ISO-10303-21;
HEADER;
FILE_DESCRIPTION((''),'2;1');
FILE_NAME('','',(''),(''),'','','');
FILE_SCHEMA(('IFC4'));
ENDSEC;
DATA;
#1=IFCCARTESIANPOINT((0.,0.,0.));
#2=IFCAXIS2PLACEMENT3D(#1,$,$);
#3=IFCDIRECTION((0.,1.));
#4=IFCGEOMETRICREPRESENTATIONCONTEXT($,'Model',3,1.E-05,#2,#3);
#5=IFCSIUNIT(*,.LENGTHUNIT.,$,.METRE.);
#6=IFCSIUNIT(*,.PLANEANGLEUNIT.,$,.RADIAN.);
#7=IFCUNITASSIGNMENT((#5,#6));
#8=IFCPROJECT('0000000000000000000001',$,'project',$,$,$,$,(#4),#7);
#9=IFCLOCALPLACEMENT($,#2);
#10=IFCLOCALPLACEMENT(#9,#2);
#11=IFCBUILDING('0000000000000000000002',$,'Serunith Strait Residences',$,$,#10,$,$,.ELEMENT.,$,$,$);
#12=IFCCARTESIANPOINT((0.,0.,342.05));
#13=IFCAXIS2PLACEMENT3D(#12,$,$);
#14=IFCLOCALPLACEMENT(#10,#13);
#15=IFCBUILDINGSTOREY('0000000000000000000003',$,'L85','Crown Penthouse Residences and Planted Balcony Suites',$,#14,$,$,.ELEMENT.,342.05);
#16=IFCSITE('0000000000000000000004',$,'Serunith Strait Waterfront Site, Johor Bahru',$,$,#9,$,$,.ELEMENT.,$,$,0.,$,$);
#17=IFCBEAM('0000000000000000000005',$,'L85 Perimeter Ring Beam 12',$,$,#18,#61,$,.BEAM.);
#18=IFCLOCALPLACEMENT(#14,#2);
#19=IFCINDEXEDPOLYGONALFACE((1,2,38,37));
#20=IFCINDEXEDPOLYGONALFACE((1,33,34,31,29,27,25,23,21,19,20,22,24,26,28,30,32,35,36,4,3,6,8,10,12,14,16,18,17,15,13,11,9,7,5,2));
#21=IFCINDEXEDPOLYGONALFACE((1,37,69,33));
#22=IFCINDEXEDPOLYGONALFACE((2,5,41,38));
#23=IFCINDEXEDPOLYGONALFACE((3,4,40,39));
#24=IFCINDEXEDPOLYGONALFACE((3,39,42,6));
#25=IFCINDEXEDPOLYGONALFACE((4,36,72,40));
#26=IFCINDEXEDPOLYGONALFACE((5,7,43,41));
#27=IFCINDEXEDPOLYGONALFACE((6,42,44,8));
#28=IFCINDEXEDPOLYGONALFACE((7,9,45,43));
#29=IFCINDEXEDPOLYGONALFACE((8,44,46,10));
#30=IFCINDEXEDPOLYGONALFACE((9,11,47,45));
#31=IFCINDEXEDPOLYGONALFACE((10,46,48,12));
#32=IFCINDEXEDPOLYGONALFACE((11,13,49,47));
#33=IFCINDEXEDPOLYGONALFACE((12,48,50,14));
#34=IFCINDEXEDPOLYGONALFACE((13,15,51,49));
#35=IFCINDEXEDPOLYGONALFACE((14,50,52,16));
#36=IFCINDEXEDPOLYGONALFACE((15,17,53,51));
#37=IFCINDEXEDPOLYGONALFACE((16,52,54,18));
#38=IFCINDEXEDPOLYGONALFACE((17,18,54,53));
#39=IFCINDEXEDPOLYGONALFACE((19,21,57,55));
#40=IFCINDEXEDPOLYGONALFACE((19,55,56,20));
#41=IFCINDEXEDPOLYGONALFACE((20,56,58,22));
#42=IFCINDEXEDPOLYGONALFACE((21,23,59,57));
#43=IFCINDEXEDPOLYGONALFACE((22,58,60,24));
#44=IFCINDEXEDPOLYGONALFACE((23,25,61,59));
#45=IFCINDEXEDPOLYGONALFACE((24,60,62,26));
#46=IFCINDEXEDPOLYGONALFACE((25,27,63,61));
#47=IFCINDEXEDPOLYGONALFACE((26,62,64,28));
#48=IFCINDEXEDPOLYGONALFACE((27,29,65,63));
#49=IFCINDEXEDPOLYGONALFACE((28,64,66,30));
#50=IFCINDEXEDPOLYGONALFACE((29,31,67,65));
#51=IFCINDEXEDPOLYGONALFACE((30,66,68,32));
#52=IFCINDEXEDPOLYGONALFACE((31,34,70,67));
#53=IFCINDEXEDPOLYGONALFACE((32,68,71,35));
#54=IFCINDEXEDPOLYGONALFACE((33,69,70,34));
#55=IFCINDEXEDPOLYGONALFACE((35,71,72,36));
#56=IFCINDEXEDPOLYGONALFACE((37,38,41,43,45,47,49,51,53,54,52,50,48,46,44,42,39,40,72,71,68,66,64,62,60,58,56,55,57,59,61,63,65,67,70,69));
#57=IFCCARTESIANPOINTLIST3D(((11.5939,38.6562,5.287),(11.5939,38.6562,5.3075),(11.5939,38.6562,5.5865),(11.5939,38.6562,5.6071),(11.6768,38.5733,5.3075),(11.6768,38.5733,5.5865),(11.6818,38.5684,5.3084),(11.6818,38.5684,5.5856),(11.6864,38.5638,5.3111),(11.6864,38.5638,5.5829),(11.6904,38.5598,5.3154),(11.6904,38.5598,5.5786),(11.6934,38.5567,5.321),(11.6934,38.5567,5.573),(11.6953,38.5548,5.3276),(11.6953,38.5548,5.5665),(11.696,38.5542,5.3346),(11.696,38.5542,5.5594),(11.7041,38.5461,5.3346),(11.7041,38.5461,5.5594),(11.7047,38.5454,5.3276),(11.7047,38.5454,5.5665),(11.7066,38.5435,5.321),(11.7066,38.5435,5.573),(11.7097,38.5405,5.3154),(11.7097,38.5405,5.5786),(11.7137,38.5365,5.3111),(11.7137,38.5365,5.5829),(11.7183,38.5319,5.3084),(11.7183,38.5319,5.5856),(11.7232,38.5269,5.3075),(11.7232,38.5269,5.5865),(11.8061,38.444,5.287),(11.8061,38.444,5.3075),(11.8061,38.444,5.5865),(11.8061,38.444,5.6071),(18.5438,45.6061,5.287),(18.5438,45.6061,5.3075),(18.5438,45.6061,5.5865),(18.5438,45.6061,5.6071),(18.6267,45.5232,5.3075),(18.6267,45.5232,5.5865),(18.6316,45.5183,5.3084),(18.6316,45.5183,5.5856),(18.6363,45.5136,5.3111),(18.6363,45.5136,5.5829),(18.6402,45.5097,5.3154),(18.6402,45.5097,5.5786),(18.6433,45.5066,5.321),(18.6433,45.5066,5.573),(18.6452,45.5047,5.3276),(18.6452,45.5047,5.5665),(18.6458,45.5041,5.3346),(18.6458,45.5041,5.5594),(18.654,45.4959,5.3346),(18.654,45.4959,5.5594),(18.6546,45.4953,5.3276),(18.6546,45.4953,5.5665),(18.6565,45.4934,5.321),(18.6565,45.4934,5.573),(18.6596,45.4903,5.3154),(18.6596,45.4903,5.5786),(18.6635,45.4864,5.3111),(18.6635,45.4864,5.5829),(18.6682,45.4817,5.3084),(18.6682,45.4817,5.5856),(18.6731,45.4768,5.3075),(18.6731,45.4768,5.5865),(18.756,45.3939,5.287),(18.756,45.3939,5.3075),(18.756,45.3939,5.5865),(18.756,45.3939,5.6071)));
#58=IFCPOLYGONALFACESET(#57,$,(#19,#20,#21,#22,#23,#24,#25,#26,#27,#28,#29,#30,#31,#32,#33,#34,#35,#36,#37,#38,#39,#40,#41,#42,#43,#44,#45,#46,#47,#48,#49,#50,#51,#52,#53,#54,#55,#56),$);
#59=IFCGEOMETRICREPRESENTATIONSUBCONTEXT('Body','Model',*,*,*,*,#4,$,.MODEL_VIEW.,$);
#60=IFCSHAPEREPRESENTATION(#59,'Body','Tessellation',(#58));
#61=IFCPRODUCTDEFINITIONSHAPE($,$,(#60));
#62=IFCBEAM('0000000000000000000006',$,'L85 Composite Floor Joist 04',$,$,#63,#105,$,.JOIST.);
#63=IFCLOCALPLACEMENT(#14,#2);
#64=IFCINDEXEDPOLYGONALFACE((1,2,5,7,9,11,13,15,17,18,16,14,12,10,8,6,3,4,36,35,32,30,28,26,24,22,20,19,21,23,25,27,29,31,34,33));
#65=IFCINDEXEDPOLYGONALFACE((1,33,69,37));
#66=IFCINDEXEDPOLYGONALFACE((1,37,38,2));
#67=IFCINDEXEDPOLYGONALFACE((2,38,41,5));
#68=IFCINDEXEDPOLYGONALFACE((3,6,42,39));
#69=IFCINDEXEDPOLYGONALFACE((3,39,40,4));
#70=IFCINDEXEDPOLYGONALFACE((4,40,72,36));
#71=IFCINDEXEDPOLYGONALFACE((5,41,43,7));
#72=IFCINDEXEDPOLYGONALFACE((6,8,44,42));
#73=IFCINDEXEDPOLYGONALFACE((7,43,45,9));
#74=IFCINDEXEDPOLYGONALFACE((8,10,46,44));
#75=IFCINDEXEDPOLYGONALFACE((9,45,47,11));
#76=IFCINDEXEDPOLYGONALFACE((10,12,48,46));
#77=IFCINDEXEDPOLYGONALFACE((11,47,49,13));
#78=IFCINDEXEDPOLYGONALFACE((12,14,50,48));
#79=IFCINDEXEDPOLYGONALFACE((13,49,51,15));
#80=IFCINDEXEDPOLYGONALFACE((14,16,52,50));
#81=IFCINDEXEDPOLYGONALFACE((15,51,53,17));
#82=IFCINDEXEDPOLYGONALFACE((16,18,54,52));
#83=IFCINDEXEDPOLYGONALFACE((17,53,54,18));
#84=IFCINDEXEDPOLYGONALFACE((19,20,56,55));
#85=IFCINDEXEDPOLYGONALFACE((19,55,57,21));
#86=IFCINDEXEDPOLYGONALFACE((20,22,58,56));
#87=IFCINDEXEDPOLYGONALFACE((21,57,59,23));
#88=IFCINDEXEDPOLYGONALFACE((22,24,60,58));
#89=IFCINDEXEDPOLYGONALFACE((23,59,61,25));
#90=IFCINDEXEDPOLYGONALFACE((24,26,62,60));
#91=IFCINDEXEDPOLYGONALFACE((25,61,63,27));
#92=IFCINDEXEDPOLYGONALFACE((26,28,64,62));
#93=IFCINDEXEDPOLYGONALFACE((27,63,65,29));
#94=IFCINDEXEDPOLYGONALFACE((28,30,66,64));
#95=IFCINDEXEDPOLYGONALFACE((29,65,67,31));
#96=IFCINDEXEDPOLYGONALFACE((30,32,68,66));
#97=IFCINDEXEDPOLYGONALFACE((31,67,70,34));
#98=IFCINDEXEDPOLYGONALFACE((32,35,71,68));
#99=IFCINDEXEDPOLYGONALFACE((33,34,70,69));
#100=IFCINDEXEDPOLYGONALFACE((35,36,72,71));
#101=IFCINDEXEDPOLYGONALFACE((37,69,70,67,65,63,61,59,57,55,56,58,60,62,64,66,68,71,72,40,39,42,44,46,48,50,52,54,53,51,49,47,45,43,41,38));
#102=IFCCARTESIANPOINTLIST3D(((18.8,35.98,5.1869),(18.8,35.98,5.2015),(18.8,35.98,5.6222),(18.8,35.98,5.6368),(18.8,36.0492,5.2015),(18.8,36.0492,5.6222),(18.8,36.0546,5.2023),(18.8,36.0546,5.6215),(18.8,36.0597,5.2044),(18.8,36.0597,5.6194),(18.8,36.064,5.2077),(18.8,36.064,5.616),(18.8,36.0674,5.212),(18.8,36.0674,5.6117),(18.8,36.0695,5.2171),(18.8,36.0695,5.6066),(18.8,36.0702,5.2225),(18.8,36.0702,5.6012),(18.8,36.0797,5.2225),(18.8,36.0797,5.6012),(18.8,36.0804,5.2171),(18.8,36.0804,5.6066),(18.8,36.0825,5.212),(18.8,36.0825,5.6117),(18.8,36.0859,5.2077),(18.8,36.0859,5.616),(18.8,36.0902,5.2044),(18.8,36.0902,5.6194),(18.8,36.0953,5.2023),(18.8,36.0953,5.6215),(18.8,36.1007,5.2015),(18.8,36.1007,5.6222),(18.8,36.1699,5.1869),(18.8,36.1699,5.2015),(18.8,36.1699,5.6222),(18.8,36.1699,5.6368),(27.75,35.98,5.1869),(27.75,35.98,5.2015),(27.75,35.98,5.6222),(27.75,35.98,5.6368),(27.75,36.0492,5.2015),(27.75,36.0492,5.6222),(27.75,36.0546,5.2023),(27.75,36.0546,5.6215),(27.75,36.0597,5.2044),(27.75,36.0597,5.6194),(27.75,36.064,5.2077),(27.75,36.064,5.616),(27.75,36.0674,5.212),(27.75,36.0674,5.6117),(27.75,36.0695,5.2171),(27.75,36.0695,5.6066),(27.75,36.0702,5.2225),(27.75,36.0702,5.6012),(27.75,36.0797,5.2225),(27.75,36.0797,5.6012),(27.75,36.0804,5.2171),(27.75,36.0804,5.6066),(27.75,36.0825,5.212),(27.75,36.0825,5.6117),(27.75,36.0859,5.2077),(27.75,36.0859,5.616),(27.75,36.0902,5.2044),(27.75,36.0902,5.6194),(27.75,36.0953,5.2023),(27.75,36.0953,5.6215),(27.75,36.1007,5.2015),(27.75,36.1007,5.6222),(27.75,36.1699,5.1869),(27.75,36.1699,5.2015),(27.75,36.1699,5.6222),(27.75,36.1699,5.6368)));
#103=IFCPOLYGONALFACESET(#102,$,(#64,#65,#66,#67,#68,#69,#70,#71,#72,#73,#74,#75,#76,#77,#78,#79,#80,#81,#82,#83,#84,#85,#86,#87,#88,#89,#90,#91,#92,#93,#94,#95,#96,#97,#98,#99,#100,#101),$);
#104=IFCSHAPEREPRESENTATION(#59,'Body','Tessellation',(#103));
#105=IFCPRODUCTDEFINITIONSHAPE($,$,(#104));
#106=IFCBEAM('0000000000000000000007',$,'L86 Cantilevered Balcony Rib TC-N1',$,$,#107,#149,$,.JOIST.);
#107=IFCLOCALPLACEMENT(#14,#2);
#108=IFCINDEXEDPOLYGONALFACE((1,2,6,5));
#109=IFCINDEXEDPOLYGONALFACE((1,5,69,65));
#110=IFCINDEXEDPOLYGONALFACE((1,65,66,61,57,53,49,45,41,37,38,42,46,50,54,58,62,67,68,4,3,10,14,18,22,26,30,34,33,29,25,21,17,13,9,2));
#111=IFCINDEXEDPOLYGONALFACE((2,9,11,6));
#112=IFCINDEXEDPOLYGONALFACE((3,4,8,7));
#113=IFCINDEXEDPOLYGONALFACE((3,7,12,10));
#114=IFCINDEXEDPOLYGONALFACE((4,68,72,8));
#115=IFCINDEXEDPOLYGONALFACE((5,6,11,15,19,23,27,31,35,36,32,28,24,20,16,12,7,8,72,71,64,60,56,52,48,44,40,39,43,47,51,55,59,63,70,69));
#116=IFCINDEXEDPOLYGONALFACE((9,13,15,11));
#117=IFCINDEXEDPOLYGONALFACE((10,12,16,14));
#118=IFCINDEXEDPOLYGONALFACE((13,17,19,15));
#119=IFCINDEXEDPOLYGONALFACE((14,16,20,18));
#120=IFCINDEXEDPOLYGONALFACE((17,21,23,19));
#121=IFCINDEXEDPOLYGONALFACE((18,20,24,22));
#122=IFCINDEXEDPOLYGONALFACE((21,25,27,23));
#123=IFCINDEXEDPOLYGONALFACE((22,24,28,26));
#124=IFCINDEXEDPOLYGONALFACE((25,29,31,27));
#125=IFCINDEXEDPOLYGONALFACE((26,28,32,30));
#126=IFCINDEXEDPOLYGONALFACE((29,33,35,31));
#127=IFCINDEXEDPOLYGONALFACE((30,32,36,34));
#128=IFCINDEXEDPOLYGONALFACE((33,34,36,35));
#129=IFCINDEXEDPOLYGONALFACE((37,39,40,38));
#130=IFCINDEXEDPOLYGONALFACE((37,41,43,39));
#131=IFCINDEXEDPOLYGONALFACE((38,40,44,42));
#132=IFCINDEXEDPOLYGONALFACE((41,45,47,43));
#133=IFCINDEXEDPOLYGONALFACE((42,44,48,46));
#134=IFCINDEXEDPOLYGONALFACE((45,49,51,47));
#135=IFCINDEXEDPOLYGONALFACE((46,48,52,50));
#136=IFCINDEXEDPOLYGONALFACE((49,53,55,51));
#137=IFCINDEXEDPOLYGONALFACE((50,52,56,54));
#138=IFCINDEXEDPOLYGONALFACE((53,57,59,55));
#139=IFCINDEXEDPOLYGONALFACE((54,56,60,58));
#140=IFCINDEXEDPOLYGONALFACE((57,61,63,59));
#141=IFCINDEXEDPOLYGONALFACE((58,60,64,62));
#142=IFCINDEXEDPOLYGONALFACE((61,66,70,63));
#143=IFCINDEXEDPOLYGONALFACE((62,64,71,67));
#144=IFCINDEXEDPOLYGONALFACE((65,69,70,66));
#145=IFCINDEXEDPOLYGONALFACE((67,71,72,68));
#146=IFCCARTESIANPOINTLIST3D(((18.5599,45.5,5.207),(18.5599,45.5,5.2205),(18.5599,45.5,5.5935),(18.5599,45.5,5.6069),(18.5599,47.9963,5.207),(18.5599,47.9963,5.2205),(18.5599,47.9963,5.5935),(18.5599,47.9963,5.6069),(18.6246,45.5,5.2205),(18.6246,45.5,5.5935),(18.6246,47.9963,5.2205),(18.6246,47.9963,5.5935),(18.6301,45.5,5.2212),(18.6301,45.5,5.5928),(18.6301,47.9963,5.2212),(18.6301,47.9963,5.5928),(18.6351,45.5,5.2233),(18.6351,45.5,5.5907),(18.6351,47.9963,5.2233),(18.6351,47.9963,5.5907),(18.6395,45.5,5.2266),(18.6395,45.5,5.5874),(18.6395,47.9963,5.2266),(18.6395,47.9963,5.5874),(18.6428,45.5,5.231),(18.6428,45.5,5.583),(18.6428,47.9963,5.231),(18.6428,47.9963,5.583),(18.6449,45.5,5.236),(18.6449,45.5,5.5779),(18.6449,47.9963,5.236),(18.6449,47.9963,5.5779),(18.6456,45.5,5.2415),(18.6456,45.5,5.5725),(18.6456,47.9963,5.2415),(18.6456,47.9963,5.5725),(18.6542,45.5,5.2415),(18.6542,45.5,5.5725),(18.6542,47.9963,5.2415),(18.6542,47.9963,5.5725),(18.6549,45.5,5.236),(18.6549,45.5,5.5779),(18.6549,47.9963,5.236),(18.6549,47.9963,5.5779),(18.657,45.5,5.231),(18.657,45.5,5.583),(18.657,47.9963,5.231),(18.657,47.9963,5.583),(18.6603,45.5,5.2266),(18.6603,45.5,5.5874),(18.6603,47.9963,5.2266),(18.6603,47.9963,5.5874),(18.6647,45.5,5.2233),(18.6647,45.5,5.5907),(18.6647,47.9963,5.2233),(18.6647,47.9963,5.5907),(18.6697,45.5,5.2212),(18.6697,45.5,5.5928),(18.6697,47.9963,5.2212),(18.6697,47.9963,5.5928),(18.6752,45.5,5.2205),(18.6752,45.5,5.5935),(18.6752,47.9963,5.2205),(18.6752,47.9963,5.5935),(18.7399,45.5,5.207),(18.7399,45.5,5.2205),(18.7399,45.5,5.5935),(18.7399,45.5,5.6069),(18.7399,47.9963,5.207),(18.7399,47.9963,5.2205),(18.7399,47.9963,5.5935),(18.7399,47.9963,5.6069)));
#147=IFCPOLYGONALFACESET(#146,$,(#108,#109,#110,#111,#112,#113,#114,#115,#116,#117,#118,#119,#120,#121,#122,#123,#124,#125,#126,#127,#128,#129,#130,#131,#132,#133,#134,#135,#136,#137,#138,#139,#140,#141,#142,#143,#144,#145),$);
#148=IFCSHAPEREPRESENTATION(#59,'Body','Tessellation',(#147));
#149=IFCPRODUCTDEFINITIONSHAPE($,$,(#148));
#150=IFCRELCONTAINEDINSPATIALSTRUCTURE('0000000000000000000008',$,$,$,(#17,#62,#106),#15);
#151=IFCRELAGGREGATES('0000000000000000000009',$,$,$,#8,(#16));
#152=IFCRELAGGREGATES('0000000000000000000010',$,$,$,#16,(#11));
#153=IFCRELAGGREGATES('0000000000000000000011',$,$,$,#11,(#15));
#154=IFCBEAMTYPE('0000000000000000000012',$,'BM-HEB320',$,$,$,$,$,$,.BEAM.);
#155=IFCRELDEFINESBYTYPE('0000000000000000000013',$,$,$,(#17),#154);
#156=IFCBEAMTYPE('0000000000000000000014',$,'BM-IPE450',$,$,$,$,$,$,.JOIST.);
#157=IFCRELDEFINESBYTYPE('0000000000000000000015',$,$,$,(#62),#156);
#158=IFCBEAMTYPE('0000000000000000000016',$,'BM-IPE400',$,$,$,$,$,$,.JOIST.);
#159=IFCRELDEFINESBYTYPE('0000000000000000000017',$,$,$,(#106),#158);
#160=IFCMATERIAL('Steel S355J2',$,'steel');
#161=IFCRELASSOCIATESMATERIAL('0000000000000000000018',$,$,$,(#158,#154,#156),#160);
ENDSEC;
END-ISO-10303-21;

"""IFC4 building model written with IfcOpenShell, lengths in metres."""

from ifc_helpers import new_model, si_unit, direction, frame, origin, origin_2d, place, context, subcontext, project, spatial, i_section, extrude, source, transform, mapped, material, material_profile, profile_set, type_object, element, save


model = new_model("IFC4")

# Units and contexts
model_context = context("Model", 3, precision=1e-05, world=origin(), true_north=direction((0.0, 1.0)))
body_context = subcontext(model_context, "Body", "Model", "MODEL_VIEW")
ifc_project = project(units=[si_unit("LENGTHUNIT", "METRE"), si_unit("PLANEANGLEUNIT", "RADIAN")], contexts=[model_context])

# Site, building, storey
site_placement = place(None, origin())
site = spatial("IfcSite", under=ifc_project, at=site_placement, Name="Serunith Strait Waterfront Site, Johor Bahru", CompositionType="ELEMENT", RefElevation=0.0)
building_placement = place(site_placement, origin())
building = spatial("IfcBuilding", under=site, at=building_placement, Name="Serunith Strait Residences", CompositionType="ELEMENT")
storey_placement = place(building_placement, frame((0.0, 0.0, 342.05)))
storey = spatial("IfcBuildingStorey", under=building, at=storey_placement, Name="L85", Description="Crown Penthouse Residences and Planted Balcony Suites", CompositionType="ELEMENT", Elevation=342.05)

# Beams
ifc_material_1 = material(Name="Steel S355J2", Category="steel")
ifc_material_profile_1 = material_profile(ifc_material_1, i_section(OverallWidth=0.1799, OverallDepth=0.3999, WebThickness=0.0085, FlangeThickness=0.0134, FilletRadius=0.021, at=origin_2d()), Name="IPE 400")
ifc_profile_set_1 = profile_set([ifc_material_profile_1], Name="Steel S355J2")
beam_type_1 = type_object("IfcBeamType", Name="BM-IPE400", PredefinedType="JOIST", material=ifc_profile_set_1)
ifc_material_profile_2 = material_profile(ifc_material_1, i_section(OverallWidth=0.3, OverallDepth=0.3201, WebThickness=0.0115, FlangeThickness=0.0205, FilletRadius=0.0271, at=origin_2d()), Name="HEB 320")
ifc_profile_set_2 = profile_set([ifc_material_profile_2], Name="Steel S355J2")
beam_type_2 = type_object("IfcBeamType", Name="BM-HEB320", PredefinedType="BEAM", material=ifc_profile_set_2)
shared_shape_1 = source(origin(), body_context, "Body", "SweptSolid", [
    extrude(i_section(OverallWidth=0.3, OverallDepth=0.3201, WebThickness=0.0115, FlangeThickness=0.0205, FilletRadius=0.0271, at=origin_2d()), origin(), (0.0, 0.0, 1.0), 9.8286),
])
beam_1_placement = place(storey_placement, frame((18.6499, 45.5, 5.447), z_axis=(-0.707107, -0.707107, 0.0), x_axis=(0.707107, -0.707107, 0.0)))
element("IfcBeam", 1, at=beam_1_placement, inside=storey, type_object=beam_type_2, Name="L85 Perimeter Ring Beam 12", PredefinedType="BEAM", context=body_context, shape_type="MappedRepresentation", body=[
    mapped(shared_shape_1, transform((0.0, 0.0, 0.0), scale=1.0)),
])
ifc_material_profile_3 = material_profile(ifc_material_1, i_section(OverallWidth=0.1899, OverallDepth=0.45, WebThickness=0.0095, FlangeThickness=0.0146, FilletRadius=0.021, at=origin_2d()), Name="IPE 450")
ifc_profile_set_3 = profile_set([ifc_material_profile_3], Name="Steel S355J2")
beam_type_3 = type_object("IfcBeamType", Name="BM-IPE450", PredefinedType="JOIST", material=ifc_profile_set_3)
shared_shape_2 = source(origin(), body_context, "Body", "SweptSolid", [
    extrude(i_section(OverallWidth=0.1899, OverallDepth=0.45, WebThickness=0.0095, FlangeThickness=0.0146, FilletRadius=0.021, at=origin_2d()), origin(), (0.0, 0.0, 1.0), 8.95),
])
beam_2_placement = place(storey_placement, frame((18.8, 36.075, 5.4119), z_axis=(1.0, 0.0, 0.0), x_axis=(0.0, 1.0, 0.0)))
element("IfcBeam", 2, at=beam_2_placement, inside=storey, type_object=beam_type_3, Name="L85 Composite Floor Joist 04", PredefinedType="JOIST", context=body_context, shape_type="MappedRepresentation", body=[
    mapped(shared_shape_2, transform((0.0, 0.0, 0.0), scale=1.0)),
])
shared_shape_3 = source(origin(), body_context, "Body", "SweptSolid", [
    extrude(i_section(OverallWidth=0.1799, OverallDepth=0.3999, WebThickness=0.0085, FlangeThickness=0.0134, FilletRadius=0.021, at=origin_2d()), origin(), (0.0, 0.0, 1.0), 2.4963),
])
beam_3_placement = place(storey_placement, frame((18.6499, 45.5, 5.407), z_axis=(0.0, 1.0, 0.0), x_axis=(-1.0, 0.0, 0.0)))
element("IfcBeam", 3, at=beam_3_placement, inside=storey, type_object=beam_type_1, Name="L86 Cantilevered Balcony Rib TC-N1", PredefinedType="JOIST", context=body_context, shape_type="MappedRepresentation", body=[
    mapped(shared_shape_3, transform((0.0, 0.0, 0.0), scale=1.0)),
])

save(model, "model.ifc")
